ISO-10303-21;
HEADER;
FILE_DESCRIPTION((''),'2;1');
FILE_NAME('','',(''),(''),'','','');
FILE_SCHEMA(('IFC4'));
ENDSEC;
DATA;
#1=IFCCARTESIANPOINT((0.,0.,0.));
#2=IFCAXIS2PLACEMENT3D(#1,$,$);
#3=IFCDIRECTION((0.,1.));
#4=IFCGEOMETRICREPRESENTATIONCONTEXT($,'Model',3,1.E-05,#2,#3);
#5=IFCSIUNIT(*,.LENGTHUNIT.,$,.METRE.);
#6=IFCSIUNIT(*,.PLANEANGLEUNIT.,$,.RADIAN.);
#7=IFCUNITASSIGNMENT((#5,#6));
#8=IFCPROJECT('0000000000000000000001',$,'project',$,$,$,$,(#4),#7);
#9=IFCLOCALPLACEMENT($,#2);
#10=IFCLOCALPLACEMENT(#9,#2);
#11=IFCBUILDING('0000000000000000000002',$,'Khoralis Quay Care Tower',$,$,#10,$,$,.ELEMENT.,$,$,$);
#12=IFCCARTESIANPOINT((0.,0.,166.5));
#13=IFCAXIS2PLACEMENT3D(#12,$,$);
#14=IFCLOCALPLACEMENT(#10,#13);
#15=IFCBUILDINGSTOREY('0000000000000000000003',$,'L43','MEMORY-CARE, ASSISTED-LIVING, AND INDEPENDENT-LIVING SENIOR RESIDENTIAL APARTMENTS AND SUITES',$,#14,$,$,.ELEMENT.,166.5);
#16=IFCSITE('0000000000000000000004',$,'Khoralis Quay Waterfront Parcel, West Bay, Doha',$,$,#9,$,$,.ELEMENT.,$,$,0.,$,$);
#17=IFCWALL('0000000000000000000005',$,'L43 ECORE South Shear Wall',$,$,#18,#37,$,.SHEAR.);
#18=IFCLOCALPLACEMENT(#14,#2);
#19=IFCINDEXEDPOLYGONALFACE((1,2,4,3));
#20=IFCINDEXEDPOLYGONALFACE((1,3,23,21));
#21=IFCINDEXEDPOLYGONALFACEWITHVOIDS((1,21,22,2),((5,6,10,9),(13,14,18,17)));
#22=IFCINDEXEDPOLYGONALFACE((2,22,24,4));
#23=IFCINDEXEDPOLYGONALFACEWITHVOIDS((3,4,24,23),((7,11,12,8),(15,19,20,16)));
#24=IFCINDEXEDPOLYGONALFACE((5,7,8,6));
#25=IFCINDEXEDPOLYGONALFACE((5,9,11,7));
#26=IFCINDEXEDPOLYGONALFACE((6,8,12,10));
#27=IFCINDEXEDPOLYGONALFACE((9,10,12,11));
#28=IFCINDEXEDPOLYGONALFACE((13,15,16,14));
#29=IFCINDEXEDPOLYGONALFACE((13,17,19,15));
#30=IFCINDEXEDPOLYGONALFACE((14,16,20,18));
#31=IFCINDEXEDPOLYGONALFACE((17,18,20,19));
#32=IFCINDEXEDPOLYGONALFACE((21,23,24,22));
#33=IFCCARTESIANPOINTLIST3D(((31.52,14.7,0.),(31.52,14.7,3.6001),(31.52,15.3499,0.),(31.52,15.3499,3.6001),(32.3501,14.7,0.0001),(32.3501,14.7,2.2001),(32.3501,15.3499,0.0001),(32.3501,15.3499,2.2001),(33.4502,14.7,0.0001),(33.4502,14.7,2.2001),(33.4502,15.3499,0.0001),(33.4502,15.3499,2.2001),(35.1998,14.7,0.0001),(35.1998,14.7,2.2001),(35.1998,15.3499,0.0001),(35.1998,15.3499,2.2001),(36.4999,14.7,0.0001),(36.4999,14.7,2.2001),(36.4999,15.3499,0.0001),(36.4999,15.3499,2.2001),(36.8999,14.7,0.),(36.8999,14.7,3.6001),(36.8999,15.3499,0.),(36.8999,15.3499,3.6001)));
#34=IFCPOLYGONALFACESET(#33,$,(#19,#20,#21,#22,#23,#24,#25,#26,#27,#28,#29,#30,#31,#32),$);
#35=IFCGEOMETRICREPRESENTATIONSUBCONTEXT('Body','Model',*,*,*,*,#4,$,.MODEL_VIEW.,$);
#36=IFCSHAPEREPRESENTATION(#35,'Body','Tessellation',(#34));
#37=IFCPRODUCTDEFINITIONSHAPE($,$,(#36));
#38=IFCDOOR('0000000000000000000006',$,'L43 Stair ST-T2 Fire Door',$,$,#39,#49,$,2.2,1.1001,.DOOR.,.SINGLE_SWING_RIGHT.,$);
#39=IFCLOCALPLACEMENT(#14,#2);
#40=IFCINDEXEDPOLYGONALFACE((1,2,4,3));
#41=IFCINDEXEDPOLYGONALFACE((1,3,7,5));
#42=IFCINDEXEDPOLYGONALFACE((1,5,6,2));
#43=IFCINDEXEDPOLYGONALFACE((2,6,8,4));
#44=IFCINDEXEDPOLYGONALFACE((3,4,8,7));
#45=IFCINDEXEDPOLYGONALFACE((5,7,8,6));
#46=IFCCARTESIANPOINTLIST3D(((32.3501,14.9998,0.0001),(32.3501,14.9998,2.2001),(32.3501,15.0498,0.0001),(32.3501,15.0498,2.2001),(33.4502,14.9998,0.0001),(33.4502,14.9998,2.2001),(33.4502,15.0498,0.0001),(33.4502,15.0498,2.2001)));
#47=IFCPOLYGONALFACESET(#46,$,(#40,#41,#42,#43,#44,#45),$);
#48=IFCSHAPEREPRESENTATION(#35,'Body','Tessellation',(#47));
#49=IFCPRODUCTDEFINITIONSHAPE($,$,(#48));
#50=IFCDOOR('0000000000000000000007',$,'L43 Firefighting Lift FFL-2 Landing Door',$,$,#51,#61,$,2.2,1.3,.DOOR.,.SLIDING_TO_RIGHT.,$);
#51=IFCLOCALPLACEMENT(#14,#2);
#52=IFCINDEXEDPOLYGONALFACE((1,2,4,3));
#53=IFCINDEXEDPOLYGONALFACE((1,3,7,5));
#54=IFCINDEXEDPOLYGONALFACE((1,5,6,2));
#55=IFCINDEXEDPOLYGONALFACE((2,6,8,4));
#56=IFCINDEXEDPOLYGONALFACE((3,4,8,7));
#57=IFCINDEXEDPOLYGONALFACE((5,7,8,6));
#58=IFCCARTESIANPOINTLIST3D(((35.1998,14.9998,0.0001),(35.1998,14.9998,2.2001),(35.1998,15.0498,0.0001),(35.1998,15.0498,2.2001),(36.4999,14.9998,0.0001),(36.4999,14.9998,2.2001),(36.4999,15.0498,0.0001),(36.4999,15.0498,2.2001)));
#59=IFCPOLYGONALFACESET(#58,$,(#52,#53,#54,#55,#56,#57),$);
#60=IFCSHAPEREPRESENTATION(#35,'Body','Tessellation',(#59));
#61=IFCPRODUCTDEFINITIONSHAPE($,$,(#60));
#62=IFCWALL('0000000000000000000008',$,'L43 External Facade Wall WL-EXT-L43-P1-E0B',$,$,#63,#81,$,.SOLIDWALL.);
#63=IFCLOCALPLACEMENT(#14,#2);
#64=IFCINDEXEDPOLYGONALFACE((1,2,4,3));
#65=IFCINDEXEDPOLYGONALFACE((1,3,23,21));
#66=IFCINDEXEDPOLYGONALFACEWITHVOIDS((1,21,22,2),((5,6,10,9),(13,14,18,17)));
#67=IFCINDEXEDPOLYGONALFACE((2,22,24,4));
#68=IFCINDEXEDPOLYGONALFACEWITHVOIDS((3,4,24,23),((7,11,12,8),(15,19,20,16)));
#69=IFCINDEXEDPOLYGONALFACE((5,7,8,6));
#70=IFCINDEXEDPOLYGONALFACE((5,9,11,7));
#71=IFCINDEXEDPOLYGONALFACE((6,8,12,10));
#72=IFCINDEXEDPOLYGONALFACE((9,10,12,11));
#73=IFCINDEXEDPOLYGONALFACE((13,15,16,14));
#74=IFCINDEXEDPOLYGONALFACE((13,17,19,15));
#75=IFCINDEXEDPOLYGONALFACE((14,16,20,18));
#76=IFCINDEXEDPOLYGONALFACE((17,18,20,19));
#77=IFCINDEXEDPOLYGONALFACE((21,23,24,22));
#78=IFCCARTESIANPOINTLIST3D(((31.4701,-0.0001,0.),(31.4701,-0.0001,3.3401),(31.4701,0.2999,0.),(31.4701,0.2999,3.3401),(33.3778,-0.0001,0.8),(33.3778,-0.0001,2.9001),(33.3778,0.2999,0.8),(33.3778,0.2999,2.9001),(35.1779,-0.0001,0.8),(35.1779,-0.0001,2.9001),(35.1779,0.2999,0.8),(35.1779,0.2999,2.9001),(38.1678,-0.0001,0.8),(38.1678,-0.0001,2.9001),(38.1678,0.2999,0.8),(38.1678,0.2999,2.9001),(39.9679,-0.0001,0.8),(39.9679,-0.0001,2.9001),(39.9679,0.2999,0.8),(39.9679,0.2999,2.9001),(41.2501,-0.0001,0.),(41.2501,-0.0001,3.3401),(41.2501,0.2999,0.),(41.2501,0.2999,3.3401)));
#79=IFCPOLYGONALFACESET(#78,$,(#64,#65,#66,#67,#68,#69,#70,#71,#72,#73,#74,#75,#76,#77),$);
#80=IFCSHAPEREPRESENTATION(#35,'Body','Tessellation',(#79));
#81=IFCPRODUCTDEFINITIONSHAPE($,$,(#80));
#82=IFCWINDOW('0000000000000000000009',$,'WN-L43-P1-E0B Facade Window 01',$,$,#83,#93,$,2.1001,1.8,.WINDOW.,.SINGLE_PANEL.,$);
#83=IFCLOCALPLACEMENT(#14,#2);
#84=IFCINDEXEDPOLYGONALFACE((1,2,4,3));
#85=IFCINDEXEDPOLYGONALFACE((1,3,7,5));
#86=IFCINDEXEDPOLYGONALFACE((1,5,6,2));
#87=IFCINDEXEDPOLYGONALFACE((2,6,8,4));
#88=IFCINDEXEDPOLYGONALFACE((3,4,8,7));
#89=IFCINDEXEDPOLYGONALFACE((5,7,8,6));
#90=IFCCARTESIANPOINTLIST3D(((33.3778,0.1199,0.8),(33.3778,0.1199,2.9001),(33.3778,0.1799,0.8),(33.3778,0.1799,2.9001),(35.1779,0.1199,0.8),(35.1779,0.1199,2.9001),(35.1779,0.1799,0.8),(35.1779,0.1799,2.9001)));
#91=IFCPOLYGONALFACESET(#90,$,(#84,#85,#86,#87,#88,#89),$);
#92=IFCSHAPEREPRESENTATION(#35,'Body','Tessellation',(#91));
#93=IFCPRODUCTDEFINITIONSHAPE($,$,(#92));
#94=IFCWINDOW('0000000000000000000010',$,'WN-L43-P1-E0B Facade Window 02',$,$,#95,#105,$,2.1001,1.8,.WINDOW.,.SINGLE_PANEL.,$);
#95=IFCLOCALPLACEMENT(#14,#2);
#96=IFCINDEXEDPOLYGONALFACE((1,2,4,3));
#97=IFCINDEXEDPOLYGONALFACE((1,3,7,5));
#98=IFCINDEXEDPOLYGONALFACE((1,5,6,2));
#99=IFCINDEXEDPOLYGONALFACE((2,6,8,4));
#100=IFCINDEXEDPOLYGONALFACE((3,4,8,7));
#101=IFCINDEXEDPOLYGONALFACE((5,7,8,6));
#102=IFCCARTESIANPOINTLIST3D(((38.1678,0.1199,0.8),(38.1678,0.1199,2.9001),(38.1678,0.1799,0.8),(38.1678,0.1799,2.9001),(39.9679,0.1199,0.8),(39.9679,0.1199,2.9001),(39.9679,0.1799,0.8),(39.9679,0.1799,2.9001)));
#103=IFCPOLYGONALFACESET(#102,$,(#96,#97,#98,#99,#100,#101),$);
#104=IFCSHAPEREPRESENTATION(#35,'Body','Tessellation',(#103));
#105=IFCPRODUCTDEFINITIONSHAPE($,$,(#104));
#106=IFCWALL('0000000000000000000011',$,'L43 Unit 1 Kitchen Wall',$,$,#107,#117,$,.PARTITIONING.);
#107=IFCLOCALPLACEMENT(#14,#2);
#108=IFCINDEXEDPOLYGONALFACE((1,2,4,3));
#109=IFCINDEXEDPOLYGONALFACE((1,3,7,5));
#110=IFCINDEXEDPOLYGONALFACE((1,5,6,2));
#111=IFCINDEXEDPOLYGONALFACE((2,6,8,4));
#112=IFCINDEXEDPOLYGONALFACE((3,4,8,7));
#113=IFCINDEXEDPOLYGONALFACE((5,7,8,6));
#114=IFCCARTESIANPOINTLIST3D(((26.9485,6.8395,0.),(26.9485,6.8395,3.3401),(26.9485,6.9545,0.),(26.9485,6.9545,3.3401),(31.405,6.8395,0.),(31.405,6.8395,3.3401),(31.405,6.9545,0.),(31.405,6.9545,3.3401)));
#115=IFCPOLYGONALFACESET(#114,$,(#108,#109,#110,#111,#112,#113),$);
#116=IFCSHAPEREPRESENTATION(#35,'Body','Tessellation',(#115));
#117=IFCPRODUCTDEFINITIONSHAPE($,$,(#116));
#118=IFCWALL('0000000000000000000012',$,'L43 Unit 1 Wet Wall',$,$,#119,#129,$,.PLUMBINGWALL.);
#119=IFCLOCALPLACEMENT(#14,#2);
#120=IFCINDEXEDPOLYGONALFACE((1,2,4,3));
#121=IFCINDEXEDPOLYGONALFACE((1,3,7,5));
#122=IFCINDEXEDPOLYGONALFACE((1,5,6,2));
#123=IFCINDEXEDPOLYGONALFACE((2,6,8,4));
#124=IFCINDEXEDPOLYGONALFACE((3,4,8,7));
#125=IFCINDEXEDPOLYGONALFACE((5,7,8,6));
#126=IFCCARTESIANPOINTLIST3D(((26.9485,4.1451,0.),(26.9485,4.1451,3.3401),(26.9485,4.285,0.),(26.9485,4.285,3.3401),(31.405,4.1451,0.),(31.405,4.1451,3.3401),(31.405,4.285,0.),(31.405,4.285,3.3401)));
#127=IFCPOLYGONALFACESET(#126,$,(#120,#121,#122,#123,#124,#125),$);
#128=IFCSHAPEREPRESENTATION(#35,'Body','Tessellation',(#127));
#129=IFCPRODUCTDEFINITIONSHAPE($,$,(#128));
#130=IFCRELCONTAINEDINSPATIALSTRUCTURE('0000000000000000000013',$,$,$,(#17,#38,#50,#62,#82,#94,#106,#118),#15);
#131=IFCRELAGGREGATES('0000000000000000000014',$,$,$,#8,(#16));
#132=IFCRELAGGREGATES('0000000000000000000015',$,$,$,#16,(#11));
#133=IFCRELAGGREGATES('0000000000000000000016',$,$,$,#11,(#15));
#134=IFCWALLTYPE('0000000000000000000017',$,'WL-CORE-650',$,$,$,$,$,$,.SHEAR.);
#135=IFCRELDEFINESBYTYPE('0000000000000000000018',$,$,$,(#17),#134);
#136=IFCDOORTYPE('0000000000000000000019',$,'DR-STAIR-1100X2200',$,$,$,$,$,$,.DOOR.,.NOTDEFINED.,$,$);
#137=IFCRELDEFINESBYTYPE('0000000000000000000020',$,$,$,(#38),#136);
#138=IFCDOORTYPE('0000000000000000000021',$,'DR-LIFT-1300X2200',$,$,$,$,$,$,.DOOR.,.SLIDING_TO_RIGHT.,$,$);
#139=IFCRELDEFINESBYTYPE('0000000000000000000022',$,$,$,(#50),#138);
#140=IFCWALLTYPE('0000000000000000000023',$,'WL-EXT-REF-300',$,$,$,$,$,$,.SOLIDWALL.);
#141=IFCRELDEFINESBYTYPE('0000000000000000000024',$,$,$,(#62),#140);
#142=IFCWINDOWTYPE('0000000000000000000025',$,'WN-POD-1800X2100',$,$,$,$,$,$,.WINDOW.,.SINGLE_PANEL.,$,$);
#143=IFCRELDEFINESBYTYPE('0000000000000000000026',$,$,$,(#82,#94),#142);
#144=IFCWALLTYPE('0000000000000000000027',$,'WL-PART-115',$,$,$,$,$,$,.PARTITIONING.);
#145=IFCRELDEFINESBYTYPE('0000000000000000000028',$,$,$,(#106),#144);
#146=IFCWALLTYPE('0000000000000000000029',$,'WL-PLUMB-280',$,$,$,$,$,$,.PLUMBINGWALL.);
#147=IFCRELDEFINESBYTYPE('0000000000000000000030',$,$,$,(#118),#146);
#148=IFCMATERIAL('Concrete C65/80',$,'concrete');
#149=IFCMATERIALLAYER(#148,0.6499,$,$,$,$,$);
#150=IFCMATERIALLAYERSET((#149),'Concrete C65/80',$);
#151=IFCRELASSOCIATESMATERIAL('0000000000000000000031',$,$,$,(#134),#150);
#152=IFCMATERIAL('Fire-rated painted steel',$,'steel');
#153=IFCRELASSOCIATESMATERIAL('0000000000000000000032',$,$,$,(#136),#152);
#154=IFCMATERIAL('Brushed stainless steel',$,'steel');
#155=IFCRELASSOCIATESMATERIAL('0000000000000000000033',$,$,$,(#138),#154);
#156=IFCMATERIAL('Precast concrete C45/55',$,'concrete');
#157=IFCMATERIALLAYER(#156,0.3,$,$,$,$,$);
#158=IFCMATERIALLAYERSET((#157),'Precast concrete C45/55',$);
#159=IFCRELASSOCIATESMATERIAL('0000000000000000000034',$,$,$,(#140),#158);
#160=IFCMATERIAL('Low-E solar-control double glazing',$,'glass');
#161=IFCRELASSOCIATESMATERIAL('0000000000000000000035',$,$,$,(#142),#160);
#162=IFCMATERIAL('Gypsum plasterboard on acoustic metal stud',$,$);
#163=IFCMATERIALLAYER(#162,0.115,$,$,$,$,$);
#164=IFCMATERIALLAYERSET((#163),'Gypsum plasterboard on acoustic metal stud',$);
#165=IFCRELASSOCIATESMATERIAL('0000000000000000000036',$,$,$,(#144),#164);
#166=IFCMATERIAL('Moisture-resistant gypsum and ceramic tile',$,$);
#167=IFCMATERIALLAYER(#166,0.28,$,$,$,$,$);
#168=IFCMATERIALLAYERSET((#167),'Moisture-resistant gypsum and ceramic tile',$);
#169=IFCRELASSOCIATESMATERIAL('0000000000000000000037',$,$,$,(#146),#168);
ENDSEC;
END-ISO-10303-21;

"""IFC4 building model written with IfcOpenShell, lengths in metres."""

from ifc_helpers import new_model, si_unit, direction, frame, frame_2d, origin, place, context, subcontext, project, spatial, rectangle, extrude, source, transform, mapped, material, layer, layer_set, type_object, element, fill, save


model = new_model("IFC4")

# Units and contexts
model_context = context("Model", 3, precision=1e-05, world=origin(), true_north=direction((0.0, 1.0)))
body_context = subcontext(model_context, "Body", "Model", "MODEL_VIEW")
ifc_project = project(units=[si_unit("LENGTHUNIT", "METRE"), si_unit("PLANEANGLEUNIT", "RADIAN")], contexts=[model_context])

# Site, building, storey
site_placement = place(None, origin())
site = spatial("IfcSite", under=ifc_project, at=site_placement, Name="Khoralis Quay Waterfront Parcel, West Bay, Doha", CompositionType="ELEMENT", RefElevation=0.0)
building_placement = place(site_placement, origin())
building = spatial("IfcBuilding", under=site, at=building_placement, Name="Khoralis Quay Care Tower", CompositionType="ELEMENT")
storey_placement = place(building_placement, frame((0.0, 0.0, 166.5)))
storey = spatial("IfcBuildingStorey", under=building, at=storey_placement, Name="L43", Description="MEMORY-CARE, ASSISTED-LIVING, AND INDEPENDENT-LIVING SENIOR RESIDENTIAL APARTMENTS AND SUITES", CompositionType="ELEMENT", Elevation=166.5)

# Shared definitions
ifc_material_1 = material(Name="Concrete C65/80", Category="concrete")

# Shared definitions
ifc_material_2 = material(Name="Low-E solar-control double glazing", Category="glass")

# Shared definitions
ifc_material_3 = material(Name="Gypsum plasterboard on acoustic metal stud")
ifc_material_4 = material(Name="Fire-rated painted steel", Category="steel")

# Shared definitions
ifc_layer_1 = layer(ifc_material_1, 0.6499)
ifc_layer_set_1 = layer_set([ifc_layer_1], Name="Concrete C65/80")
wall_type_1 = type_object("IfcWallType", Name="WL-CORE-650", PredefinedType="SHEAR", material=ifc_layer_set_1)

# Wall, openings, doors
wall_1_placement = place(storey_placement, frame((31.52, 15.0249, 0.0), z_axis=(0.0, 0.0, 1.0), x_axis=(1.0, 0.0, 0.0)))
wall_1 = element("IfcWall", 1, at=wall_1_placement, inside=storey, type_object=wall_type_1, Name="L43 ECORE South Shear Wall", PredefinedType="SHEAR", context=body_context, shape_type="SweptSolid", body=[
    extrude(rectangle(XDim=5.3799, YDim=0.6499, at=frame_2d((2.6899, 0.0))), origin(), (0.0, 0.0, 1.0), 3.6001),
])
opening_1_placement = place(wall_1_placement, frame((0.8301, 0.0, 0.0)))
opening_1 = element("IfcOpeningElement", 2, at=opening_1_placement, cuts=wall_1, PredefinedType="OPENING", context=body_context, shape_type="SweptSolid", body=[
    extrude(rectangle(XDim=1.1001, YDim=2.2, at=frame_2d((0.55, 1.1001))), frame((0.0, 0.335, 0.0), z_axis=(0.0, -1.0, 0.0), x_axis=(1.0, 0.0, 0.0)), (0.0, 0.0, 1.0), 0.6699),
])
opening_2_placement = place(wall_1_placement, frame((3.6799, 0.0, 0.0)))
opening_2 = element("IfcOpeningElement", 3, at=opening_2_placement, cuts=wall_1, PredefinedType="OPENING", context=body_context, shape_type="SweptSolid", body=[
    extrude(rectangle(XDim=1.3, YDim=2.2, at=frame_2d((0.6499, 1.1001))), frame((0.0, 0.335, 0.0), z_axis=(0.0, -1.0, 0.0), x_axis=(1.0, 0.0, 0.0)), (0.0, 0.0, 1.0), 0.6699),
])
door_type_1 = type_object("IfcDoorType", Name="DR-STAIR-1100X2200", OperationType="NOTDEFINED", PredefinedType="DOOR", material=ifc_material_4)
shared_shape_1 = source(origin(), body_context, "Body", "SweptSolid", [
    extrude(rectangle(XDim=1.1001, YDim=2.2, at=frame_2d((0.55, 1.1001))), frame((0.0, 0.0249, 0.0), z_axis=(0.0, -1.0, 0.0), x_axis=(1.0, 0.0, 0.0)), (0.0, 0.0, 1.0), 0.05),
])
door_1_placement = place(opening_1_placement, origin())
door_1 = element("IfcDoor", 4, at=door_1_placement, inside=storey, type_object=door_type_1, Name="L43 Stair ST-T2 Fire Door", OperationType="SINGLE_SWING_RIGHT", OverallHeight=2.2, OverallWidth=1.1001, PredefinedType="DOOR", context=body_context, shape_type="MappedRepresentation", body=[
    mapped(shared_shape_1, transform((0.0, 0.0, 0.0), scale=1.0)),
])
fill(opening_1, door_1)
ifc_material_5 = material(Name="Brushed stainless steel", Category="steel")
door_type_2 = type_object("IfcDoorType", Name="DR-LIFT-1300X2200", OperationType="SLIDING_TO_RIGHT", PredefinedType="DOOR", material=ifc_material_5)
shared_shape_2 = source(origin(), body_context, "Body", "SweptSolid", [
    extrude(rectangle(XDim=1.3, YDim=2.2, at=frame_2d((0.6499, 1.1001))), frame((0.0, 0.0249, 0.0), z_axis=(0.0, -1.0, 0.0), x_axis=(1.0, 0.0, 0.0)), (0.0, 0.0, 1.0), 0.05),
])
door_2_placement = place(opening_2_placement, origin())
door_2 = element("IfcDoor", 5, at=door_2_placement, inside=storey, type_object=door_type_2, Name="L43 Firefighting Lift FFL-2 Landing Door", OperationType="SLIDING_TO_RIGHT", OverallHeight=2.2, OverallWidth=1.3, PredefinedType="DOOR", context=body_context, shape_type="MappedRepresentation", body=[
    mapped(shared_shape_2, transform((0.0, 0.0, 0.0), scale=1.0)),
])
fill(opening_2, door_2)

# Wall, openings, windows
ifc_material_6 = material(Name="Precast concrete C45/55", Category="concrete")
ifc_layer_2 = layer(ifc_material_6, 0.3)
ifc_layer_set_2 = layer_set([ifc_layer_2], Name="Precast concrete C45/55")
wall_type_2 = type_object("IfcWallType", Name="WL-EXT-REF-300", PredefinedType="SOLIDWALL", material=ifc_layer_set_2)
wall_2_placement = place(storey_placement, frame((31.47, 0.1499, 0.0), z_axis=(0.0, 0.0, 1.0), x_axis=(1.0, 0.0, 0.0)))
wall_2 = element("IfcWall", 6, at=wall_2_placement, inside=storey, type_object=wall_type_2, Name="L43 External Facade Wall WL-EXT-L43-P1-E0B", PredefinedType="SOLIDWALL", context=body_context, shape_type="SweptSolid", body=[
    extrude(rectangle(XDim=9.78, YDim=0.3, at=frame_2d((4.8901, 0.0))), origin(), (0.0, 0.0, 1.0), 3.3401),
])
opening_3_placement = place(wall_2_placement, frame((1.908, 0.0, 0.8)))
opening_3 = element("IfcOpeningElement", 7, at=opening_3_placement, cuts=wall_2, PredefinedType="OPENING", context=body_context, shape_type="SweptSolid", body=[
    extrude(rectangle(XDim=1.8, YDim=2.1001, at=frame_2d((0.8999, 1.05))), frame((0.0, 0.1602, 0.0), z_axis=(0.0, -1.0, 0.0), x_axis=(1.0, 0.0, 0.0)), (0.0, 0.0, 1.0), 0.3201),
])
opening_4_placement = place(wall_2_placement, frame((6.698, 0.0, 0.8)))
opening_4 = element("IfcOpeningElement", 8, at=opening_4_placement, cuts=wall_2, PredefinedType="OPENING", context=body_context, shape_type="SweptSolid", body=[
    extrude(rectangle(XDim=1.8, YDim=2.1001, at=frame_2d((0.8999, 1.05))), frame((0.0, 0.1602, 0.0), z_axis=(0.0, -1.0, 0.0), x_axis=(1.0, 0.0, 0.0)), (0.0, 0.0, 1.0), 0.3201),
])
window_type = type_object("IfcWindowType", Name="WN-POD-1800X2100", PartitioningType="SINGLE_PANEL", PredefinedType="WINDOW", material=ifc_material_2)
shared_shape_3 = source(origin(), body_context, "Body", "SweptSolid", [
    extrude(rectangle(XDim=1.8, YDim=2.1001, at=frame_2d((0.8999, 1.05))), frame((0.0, 0.03, 0.0), z_axis=(0.0, -1.0, 0.0), x_axis=(1.0, 0.0, 0.0)), (0.0, 0.0, 1.0), 0.0601),
])
window_1_placement = place(opening_3_placement, origin())
window_1 = element("IfcWindow", 9, at=window_1_placement, inside=storey, type_object=window_type, Name="WN-L43-P1-E0B Facade Window 01", OverallHeight=2.1001, OverallWidth=1.8, PartitioningType="SINGLE_PANEL", PredefinedType="WINDOW", context=body_context, shape_type="MappedRepresentation", body=[
    mapped(shared_shape_3, transform((0.0, 0.0, 0.0), scale=1.0)),
])
fill(opening_3, window_1)
window_2_placement = place(opening_4_placement, origin())
window_2 = element("IfcWindow", 10, at=window_2_placement, inside=storey, type_object=window_type, Name="WN-L43-P1-E0B Facade Window 02", OverallHeight=2.1001, OverallWidth=1.8, PartitioningType="SINGLE_PANEL", PredefinedType="WINDOW", context=body_context, shape_type="MappedRepresentation", body=[
    mapped(shared_shape_3, transform((0.0, 0.0, 0.0), scale=1.0)),
])
fill(opening_4, window_2)

# Walls
ifc_layer_3 = layer(ifc_material_3, 0.115)
ifc_layer_set_3 = layer_set([ifc_layer_3], Name="Gypsum plasterboard on acoustic metal stud")
wall_type_3 = type_object("IfcWallType", Name="WL-PART-115", PredefinedType="PARTITIONING", material=ifc_layer_set_3)
wall_3_placement = place(storey_placement, frame((26.9485, 6.897, 0.0), z_axis=(0.0, 0.0, 1.0), x_axis=(1.0, 0.0, 0.0)))
element("IfcWall", 11, at=wall_3_placement, inside=storey, type_object=wall_type_3, Name="L43 Unit 1 Kitchen Wall", PredefinedType="PARTITIONING", context=body_context, shape_type="SweptSolid", body=[
    extrude(rectangle(XDim=4.4565, YDim=0.115, at=frame_2d((2.2283, 0.0))), origin(), (0.0, 0.0, 1.0), 3.3401),
])
ifc_material_7 = material(Name="Moisture-resistant gypsum and ceramic tile")
ifc_layer_4 = layer(ifc_material_7, 0.28)
ifc_layer_set_4 = layer_set([ifc_layer_4], Name="Moisture-resistant gypsum and ceramic tile")
wall_type_4 = type_object("IfcWallType", Name="WL-PLUMB-280", PredefinedType="PLUMBINGWALL", material=ifc_layer_set_4)
wall_4_placement = place(storey_placement, frame((26.9485, 4.2151, 0.0), z_axis=(0.0, 0.0, 1.0), x_axis=(1.0, 0.0, 0.0)))
element("IfcWall", 12, at=wall_4_placement, inside=storey, type_object=wall_type_4, Name="L43 Unit 1 Wet Wall", PredefinedType="PLUMBINGWALL", context=body_context, shape_type="SweptSolid", body=[
    extrude(rectangle(XDim=4.4565, YDim=0.1399, at=frame_2d((2.2283, 0.0))), origin(), (0.0, 0.0, 1.0), 3.3401),
])

save(model, "model.ifc")
